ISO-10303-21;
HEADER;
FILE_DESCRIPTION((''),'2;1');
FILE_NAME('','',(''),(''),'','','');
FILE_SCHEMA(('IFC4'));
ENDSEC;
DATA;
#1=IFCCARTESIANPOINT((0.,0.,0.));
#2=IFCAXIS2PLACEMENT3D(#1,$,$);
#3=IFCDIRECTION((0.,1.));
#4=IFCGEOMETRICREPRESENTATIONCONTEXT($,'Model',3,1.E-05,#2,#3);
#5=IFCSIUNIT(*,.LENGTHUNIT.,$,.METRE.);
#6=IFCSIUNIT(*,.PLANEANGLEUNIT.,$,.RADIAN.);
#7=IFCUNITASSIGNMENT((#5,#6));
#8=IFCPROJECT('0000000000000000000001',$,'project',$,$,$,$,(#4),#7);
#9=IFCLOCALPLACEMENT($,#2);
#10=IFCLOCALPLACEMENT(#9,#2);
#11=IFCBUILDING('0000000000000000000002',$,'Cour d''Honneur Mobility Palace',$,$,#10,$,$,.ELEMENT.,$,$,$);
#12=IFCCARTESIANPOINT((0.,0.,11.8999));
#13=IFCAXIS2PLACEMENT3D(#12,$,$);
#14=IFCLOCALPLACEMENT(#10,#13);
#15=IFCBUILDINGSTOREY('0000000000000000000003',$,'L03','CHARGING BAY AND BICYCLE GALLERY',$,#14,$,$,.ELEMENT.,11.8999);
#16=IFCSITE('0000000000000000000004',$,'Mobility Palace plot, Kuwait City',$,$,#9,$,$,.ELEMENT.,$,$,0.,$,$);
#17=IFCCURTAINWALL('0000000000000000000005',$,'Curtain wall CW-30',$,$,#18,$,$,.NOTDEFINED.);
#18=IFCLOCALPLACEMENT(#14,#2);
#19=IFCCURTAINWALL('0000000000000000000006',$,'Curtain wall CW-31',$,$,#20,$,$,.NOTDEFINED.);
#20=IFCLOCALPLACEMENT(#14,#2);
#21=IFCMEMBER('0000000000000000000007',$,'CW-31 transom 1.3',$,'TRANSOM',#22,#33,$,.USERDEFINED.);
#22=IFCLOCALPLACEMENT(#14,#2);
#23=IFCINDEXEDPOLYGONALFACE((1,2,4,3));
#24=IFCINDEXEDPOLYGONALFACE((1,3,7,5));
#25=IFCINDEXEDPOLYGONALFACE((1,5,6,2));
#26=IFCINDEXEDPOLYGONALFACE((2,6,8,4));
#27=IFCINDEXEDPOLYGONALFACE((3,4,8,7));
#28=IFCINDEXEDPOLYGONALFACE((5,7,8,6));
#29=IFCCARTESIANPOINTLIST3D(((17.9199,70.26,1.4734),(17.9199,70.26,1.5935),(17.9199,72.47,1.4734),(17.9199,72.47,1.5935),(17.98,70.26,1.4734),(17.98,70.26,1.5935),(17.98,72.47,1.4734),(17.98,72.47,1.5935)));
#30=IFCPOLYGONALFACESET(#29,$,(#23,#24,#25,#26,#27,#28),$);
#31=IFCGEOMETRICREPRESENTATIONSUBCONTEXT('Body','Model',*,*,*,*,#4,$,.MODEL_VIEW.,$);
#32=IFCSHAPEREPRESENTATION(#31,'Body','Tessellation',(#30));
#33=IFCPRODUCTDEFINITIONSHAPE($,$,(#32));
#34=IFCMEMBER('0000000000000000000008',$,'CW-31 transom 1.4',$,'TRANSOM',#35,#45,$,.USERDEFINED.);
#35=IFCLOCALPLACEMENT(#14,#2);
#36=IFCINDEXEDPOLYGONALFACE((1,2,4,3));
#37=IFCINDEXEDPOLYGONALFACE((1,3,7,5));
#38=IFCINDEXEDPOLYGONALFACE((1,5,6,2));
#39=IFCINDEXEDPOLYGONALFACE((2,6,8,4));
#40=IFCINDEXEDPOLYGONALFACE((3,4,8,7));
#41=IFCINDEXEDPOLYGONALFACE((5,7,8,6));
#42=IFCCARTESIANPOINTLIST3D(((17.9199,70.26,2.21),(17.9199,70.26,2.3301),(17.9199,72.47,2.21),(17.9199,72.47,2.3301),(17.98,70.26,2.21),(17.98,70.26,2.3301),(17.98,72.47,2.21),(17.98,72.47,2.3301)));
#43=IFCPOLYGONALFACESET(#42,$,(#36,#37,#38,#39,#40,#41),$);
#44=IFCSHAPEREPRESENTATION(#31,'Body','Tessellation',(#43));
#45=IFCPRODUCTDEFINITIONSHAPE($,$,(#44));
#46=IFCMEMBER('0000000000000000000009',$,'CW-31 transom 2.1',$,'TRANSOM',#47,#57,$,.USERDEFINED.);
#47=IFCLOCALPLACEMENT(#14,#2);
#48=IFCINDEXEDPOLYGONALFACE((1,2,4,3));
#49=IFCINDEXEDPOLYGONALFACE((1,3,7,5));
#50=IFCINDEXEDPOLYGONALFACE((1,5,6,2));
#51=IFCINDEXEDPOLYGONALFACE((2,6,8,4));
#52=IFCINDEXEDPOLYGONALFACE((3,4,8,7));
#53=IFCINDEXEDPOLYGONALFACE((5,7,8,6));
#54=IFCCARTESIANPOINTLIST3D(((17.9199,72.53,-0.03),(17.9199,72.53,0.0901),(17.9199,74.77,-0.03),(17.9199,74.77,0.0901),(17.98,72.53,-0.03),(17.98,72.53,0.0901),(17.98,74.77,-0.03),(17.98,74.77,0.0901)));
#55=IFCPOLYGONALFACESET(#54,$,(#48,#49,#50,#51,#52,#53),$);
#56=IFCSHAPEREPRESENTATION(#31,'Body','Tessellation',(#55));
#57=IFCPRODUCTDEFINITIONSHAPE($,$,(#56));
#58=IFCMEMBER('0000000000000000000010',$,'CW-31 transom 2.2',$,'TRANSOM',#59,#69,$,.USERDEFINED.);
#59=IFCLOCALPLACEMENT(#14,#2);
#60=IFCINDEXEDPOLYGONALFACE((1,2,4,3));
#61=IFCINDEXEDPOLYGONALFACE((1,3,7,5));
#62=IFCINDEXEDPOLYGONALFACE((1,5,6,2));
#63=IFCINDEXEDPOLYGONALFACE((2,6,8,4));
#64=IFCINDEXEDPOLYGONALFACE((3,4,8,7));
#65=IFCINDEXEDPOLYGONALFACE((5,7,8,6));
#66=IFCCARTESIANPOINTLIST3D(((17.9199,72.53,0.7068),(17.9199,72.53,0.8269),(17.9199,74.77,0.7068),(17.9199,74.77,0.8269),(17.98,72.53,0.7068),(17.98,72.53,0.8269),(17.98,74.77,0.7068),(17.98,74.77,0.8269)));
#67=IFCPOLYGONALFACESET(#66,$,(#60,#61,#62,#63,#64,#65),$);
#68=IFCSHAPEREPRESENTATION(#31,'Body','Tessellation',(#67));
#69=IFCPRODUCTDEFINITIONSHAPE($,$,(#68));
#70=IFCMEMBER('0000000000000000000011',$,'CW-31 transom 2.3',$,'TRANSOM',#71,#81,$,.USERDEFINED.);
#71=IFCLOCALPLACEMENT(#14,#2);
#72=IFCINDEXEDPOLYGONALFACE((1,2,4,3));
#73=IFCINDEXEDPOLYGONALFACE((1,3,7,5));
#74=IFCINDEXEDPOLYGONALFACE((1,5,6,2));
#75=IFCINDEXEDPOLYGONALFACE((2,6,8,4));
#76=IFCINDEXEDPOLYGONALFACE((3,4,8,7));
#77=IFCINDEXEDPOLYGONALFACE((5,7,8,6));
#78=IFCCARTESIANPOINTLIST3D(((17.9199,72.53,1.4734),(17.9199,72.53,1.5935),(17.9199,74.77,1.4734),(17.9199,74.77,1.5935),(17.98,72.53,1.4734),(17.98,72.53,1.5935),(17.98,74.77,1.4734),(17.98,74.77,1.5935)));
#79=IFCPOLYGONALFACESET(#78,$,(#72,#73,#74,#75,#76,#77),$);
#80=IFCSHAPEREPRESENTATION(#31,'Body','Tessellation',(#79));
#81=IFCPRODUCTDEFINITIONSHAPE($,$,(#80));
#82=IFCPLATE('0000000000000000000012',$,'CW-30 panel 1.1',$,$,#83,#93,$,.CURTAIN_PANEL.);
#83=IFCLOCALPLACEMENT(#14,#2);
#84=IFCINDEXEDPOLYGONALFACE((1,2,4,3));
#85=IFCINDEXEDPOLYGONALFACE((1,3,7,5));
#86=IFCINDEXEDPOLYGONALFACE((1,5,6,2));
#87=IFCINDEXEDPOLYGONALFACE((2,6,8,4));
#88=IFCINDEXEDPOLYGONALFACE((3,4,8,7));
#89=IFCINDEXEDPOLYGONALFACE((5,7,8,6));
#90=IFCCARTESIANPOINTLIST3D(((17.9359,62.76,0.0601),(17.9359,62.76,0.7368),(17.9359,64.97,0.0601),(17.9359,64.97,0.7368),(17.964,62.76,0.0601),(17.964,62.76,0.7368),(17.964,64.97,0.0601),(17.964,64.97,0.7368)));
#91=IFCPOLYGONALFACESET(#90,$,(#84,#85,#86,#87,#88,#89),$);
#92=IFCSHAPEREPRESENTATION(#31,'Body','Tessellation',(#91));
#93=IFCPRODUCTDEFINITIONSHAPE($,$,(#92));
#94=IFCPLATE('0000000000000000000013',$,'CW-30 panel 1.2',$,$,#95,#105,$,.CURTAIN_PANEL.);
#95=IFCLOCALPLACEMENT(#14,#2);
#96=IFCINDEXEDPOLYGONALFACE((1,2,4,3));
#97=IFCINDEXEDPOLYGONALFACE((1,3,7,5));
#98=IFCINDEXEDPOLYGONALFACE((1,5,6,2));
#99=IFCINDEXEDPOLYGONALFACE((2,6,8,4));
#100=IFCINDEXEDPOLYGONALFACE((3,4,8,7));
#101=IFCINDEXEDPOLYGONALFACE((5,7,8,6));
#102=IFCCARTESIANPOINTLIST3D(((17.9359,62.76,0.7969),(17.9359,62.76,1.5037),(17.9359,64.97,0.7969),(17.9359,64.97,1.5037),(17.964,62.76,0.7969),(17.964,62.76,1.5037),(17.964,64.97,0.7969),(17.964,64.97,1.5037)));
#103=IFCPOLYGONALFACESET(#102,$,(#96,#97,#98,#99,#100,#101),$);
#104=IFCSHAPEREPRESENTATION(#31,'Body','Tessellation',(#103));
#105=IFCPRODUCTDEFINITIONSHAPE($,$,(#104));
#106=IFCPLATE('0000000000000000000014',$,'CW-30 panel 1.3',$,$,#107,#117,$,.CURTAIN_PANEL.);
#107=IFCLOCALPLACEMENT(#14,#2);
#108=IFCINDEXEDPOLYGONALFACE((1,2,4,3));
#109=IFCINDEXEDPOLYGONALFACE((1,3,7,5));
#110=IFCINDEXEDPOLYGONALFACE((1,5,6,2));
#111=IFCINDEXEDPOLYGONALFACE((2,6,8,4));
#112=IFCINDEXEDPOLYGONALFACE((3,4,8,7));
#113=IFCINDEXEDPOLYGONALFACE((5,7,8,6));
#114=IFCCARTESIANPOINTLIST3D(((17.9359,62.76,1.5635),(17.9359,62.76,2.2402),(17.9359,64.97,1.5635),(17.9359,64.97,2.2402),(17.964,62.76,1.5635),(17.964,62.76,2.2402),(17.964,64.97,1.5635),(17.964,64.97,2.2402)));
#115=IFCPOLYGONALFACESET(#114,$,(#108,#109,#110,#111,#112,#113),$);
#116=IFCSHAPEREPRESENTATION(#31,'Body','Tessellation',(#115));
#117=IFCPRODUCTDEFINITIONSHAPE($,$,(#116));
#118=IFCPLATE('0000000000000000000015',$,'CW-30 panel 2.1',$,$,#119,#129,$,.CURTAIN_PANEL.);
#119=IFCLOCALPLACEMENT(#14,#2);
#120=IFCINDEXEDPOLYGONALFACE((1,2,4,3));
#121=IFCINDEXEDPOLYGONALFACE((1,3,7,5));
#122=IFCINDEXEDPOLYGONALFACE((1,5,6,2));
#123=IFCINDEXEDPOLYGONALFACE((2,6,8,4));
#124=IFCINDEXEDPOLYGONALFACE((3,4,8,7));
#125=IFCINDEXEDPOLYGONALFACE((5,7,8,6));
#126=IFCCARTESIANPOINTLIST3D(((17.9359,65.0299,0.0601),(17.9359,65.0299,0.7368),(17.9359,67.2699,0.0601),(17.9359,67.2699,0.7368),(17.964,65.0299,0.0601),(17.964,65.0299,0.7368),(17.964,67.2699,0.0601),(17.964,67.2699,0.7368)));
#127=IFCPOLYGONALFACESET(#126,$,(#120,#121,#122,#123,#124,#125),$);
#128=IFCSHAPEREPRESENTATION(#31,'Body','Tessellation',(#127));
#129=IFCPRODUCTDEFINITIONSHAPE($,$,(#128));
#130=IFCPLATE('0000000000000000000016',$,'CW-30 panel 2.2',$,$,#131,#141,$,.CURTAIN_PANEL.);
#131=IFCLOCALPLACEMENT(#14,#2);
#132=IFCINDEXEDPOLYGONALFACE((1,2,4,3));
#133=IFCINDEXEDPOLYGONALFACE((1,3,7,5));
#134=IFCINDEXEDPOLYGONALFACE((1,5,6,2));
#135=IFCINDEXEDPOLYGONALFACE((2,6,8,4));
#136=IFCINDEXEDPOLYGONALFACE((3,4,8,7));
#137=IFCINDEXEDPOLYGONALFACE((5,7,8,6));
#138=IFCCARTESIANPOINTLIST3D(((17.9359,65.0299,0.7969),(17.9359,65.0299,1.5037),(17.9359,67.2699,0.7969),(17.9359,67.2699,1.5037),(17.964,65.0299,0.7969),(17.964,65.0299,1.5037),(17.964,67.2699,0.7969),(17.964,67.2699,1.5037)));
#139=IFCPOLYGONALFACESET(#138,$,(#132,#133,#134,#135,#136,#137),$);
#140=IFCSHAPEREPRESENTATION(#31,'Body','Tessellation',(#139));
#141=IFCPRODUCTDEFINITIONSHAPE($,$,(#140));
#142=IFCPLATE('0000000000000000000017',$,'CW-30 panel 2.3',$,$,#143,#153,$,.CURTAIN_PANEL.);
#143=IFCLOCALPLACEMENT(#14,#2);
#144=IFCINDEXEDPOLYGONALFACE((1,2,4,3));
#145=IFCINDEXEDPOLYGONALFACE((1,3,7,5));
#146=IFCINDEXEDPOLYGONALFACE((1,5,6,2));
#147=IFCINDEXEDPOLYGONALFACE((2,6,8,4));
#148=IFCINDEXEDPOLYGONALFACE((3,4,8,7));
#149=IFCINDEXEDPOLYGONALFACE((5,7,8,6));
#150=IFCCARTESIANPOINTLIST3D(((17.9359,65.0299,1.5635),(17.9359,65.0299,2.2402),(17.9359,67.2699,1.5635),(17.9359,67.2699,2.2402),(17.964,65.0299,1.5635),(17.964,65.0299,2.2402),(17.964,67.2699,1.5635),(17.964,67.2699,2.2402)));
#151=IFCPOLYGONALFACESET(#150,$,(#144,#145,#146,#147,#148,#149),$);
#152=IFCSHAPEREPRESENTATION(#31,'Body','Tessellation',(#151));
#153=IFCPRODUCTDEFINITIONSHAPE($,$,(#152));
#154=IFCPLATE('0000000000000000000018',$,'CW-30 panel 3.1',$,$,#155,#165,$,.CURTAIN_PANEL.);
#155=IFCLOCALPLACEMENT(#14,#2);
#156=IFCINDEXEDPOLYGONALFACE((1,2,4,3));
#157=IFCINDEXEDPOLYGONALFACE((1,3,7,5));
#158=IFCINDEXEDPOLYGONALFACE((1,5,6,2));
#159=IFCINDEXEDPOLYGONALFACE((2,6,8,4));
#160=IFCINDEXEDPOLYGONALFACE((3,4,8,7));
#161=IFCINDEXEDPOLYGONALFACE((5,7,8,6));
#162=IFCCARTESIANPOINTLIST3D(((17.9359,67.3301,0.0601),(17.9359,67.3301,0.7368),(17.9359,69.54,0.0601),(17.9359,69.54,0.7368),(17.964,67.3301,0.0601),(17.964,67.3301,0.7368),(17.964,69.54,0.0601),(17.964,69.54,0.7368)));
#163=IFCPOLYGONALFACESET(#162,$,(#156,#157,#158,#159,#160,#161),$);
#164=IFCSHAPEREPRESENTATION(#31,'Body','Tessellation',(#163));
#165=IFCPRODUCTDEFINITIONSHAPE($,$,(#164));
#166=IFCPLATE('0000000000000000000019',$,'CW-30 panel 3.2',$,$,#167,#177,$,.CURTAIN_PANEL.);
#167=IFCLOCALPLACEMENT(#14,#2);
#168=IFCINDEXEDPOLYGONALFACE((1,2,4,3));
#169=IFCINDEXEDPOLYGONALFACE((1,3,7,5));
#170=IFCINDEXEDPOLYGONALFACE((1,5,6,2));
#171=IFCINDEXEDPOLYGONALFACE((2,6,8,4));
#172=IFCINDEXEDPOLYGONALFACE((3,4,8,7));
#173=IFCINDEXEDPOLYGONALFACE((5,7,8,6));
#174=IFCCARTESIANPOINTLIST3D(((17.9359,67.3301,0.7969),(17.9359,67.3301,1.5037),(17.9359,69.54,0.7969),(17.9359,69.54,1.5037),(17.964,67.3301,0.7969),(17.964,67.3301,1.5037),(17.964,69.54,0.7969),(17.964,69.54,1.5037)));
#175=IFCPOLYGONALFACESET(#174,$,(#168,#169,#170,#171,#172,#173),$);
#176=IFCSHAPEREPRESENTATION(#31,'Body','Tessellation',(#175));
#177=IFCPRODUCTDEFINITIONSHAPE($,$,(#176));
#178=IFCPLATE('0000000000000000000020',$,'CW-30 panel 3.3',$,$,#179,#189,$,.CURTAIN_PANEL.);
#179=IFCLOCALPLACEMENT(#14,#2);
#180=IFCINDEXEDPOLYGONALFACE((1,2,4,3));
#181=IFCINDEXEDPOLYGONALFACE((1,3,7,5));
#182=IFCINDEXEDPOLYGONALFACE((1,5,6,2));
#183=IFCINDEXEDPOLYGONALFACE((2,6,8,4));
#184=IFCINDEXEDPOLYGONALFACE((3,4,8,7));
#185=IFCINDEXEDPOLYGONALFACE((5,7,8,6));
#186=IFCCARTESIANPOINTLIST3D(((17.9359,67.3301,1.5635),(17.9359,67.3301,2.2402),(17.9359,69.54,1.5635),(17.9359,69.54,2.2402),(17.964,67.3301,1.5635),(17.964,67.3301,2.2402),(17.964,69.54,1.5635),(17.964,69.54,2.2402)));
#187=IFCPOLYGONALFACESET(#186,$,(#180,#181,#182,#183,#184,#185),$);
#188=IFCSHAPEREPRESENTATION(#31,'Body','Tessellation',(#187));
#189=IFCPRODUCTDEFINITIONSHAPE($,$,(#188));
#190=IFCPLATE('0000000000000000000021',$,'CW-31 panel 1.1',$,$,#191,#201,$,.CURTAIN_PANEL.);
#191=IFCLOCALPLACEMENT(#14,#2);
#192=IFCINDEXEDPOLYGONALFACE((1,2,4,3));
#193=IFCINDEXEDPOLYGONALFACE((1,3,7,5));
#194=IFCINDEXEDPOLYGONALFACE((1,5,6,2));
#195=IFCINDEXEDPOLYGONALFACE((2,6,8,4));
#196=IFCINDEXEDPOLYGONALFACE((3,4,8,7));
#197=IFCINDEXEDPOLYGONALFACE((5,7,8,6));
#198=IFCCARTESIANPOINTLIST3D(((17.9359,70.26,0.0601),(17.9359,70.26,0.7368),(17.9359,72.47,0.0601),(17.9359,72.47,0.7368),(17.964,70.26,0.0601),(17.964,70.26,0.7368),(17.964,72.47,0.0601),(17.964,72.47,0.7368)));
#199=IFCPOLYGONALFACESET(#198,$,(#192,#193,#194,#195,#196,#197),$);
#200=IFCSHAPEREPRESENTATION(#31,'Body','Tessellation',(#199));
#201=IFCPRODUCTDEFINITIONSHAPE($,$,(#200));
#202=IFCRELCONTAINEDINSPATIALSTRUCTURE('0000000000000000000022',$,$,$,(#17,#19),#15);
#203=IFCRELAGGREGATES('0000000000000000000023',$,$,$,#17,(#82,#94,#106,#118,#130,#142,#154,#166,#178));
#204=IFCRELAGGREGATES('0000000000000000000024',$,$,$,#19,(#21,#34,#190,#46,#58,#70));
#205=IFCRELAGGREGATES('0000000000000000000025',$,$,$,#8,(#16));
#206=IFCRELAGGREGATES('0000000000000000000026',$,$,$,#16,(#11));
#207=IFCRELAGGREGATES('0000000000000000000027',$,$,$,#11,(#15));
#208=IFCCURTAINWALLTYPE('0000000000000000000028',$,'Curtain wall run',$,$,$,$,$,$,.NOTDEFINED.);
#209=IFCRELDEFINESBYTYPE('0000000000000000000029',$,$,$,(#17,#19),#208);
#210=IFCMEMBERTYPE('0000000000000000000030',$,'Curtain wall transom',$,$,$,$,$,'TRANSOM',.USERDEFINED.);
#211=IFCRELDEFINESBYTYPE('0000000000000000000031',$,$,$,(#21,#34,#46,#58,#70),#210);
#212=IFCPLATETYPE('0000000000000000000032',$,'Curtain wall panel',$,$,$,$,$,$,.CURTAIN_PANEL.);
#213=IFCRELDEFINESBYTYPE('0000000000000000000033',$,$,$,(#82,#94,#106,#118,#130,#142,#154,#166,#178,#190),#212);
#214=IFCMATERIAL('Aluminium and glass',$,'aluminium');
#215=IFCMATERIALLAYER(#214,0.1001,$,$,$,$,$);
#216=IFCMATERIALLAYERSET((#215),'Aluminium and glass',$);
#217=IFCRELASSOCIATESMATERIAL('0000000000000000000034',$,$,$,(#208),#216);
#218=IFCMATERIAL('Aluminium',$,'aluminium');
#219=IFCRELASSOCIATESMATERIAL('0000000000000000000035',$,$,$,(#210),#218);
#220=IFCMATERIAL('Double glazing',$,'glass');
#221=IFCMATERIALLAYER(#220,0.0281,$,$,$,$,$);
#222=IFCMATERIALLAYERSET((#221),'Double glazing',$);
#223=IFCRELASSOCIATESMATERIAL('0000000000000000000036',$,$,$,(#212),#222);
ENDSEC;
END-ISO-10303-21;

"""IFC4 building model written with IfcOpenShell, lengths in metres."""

from ifc_helpers import new_model, si_unit, direction, frame, origin, origin_2d, place, context, subcontext, project, spatial, rectangle, extrude, material, layer, layer_set, material_profile, profile_set, type_object, element, aggregate, save


model = new_model("IFC4")

# Units and contexts
model_context = context("Model", 3, precision=1e-05, world=origin(), true_north=direction((0.0, 1.0)))
body_context = subcontext(model_context, "Body", "Model", "MODEL_VIEW")
ifc_project = project(units=[si_unit("LENGTHUNIT", "METRE"), si_unit("PLANEANGLEUNIT", "RADIAN")], contexts=[model_context])

# Site, building, storey
site_placement = place(None, origin())
site = spatial("IfcSite", under=ifc_project, at=site_placement, Name="Mobility Palace plot, Kuwait City", CompositionType="ELEMENT", RefElevation=0.0)
building_placement = place(site_placement, origin())
building = spatial("IfcBuilding", under=site, at=building_placement, Name="Cour d'Honneur Mobility Palace", CompositionType="ELEMENT")
storey_placement = place(building_placement, frame((0.0, 0.0, 11.8999)))
storey = spatial("IfcBuildingStorey", under=building, at=storey_placement, Name="L03", Description="CHARGING BAY AND BICYCLE GALLERY", CompositionType="ELEMENT", Elevation=11.8999)

# Curtain walls
ifc_material_1 = material(Name="Aluminium and glass", Category="aluminium")
ifc_layer_1 = layer(ifc_material_1, 0.1001)
ifc_layer_set_1 = layer_set([ifc_layer_1], Name="Aluminium and glass")
curtain_wall_type = type_object("IfcCurtainWallType", Name="Curtain wall run", PredefinedType="NOTDEFINED", material=ifc_layer_set_1)
curtain_wall_1_placement = place(storey_placement, origin())
curtain_wall_1 = element("IfcCurtainWall", 1, at=curtain_wall_1_placement, inside=storey, type_object=curtain_wall_type, Name="Curtain wall CW-30", PredefinedType="NOTDEFINED")
curtain_wall_2_placement = place(storey_placement, origin())
curtain_wall_2 = element("IfcCurtainWall", 2, at=curtain_wall_2_placement, inside=storey, type_object=curtain_wall_type, Name="Curtain wall CW-31", PredefinedType="NOTDEFINED")

# Members
ifc_material_2 = material(Name="Aluminium", Category="aluminium")
ifc_material_profile_1 = material_profile(ifc_material_2, rectangle(XDim=0.0601, YDim=0.1201, at=origin_2d()), Name="Curtain wall transom")
ifc_profile_set_1 = profile_set([ifc_material_profile_1], Name="Aluminium")
member_type_1 = type_object("IfcMemberType", Name="Curtain wall transom", ElementType="TRANSOM", PredefinedType="USERDEFINED", material=ifc_profile_set_1)
member_1_placement = place(storey_placement, frame((17.95, 70.26, 1.5334), z_axis=(0.0, 1.0, 0.0), x_axis=(-1.0, 0.0, 0.0)))
member_1 = element("IfcMember", 3, at=member_1_placement, type_object=member_type_1, Name="CW-31 transom 1.3", ObjectType="TRANSOM", PredefinedType="USERDEFINED", context=body_context, shape_type="SweptSolid", body=[
    extrude(rectangle(XDim=0.0601, YDim=0.1201, at=origin_2d()), origin(), (0.0, 0.0, 1.0), 2.21),
])
member_2_placement = place(storey_placement, frame((17.95, 70.26, 2.27), z_axis=(0.0, 1.0, 0.0), x_axis=(-1.0, 0.0, 0.0)))
member_2 = element("IfcMember", 4, at=member_2_placement, type_object=member_type_1, Name="CW-31 transom 1.4", ObjectType="TRANSOM", PredefinedType="USERDEFINED", context=body_context, shape_type="SweptSolid", body=[
    extrude(rectangle(XDim=0.0601, YDim=0.1201, at=origin_2d()), origin(), (0.0, 0.0, 1.0), 2.21),
])
member_3_placement = place(storey_placement, frame((17.95, 72.53, 0.03), z_axis=(0.0, 1.0, 0.0), x_axis=(-1.0, 0.0, 0.0)))
member_3 = element("IfcMember", 5, at=member_3_placement, type_object=member_type_1, Name="CW-31 transom 2.1", ObjectType="TRANSOM", PredefinedType="USERDEFINED", context=body_context, shape_type="SweptSolid", body=[
    extrude(rectangle(XDim=0.0601, YDim=0.1201, at=origin_2d()), origin(), (0.0, 0.0, 1.0), 2.24),
])
member_4_placement = place(storey_placement, frame((17.95, 72.53, 0.7668), z_axis=(0.0, 1.0, 0.0), x_axis=(-1.0, 0.0, 0.0)))
member_4 = element("IfcMember", 6, at=member_4_placement, type_object=member_type_1, Name="CW-31 transom 2.2", ObjectType="TRANSOM", PredefinedType="USERDEFINED", context=body_context, shape_type="SweptSolid", body=[
    extrude(rectangle(XDim=0.0601, YDim=0.1201, at=origin_2d()), origin(), (0.0, 0.0, 1.0), 2.24),
])
member_5_placement = place(storey_placement, frame((17.95, 72.53, 1.5334), z_axis=(0.0, 1.0, 0.0), x_axis=(-1.0, 0.0, 0.0)))
member_5 = element("IfcMember", 7, at=member_5_placement, type_object=member_type_1, Name="CW-31 transom 2.3", ObjectType="TRANSOM", PredefinedType="USERDEFINED", context=body_context, shape_type="SweptSolid", body=[
    extrude(rectangle(XDim=0.0601, YDim=0.1201, at=origin_2d()), origin(), (0.0, 0.0, 1.0), 2.24),
])

# Plates
ifc_material_3 = material(Name="Double glazing", Category="glass")
ifc_layer_2 = layer(ifc_material_3, 0.0281)
ifc_layer_set_2 = layer_set([ifc_layer_2], Name="Double glazing")
plate_type = type_object("IfcPlateType", Name="Curtain wall panel", PredefinedType="CURTAIN_PANEL", material=ifc_layer_set_2)
plate_1_placement = place(storey_placement, frame((17.95, 63.865, 0.0601), z_axis=(0.0, 0.0, 1.0), x_axis=(0.0, 1.0, 0.0)))
plate_1 = element("IfcPlate", 8, at=plate_1_placement, type_object=plate_type, Name="CW-30 panel 1.1", PredefinedType="CURTAIN_PANEL", context=body_context, shape_type="SweptSolid", body=[
    extrude(rectangle(XDim=2.21, YDim=0.0281, at=origin_2d()), origin(), (0.0, 0.0, 1.0), 0.6768),
])
plate_2_placement = place(storey_placement, frame((17.95, 63.865, 0.7969), z_axis=(0.0, 0.0, 1.0), x_axis=(0.0, 1.0, 0.0)))
plate_2 = element("IfcPlate", 9, at=plate_2_placement, type_object=plate_type, Name="CW-30 panel 1.2", PredefinedType="CURTAIN_PANEL", context=body_context, shape_type="SweptSolid", body=[
    extrude(rectangle(XDim=2.21, YDim=0.0281, at=origin_2d()), origin(), (0.0, 0.0, 1.0), 0.7068),
])
plate_3_placement = place(storey_placement, frame((17.95, 63.865, 1.5635), z_axis=(0.0, 0.0, 1.0), x_axis=(0.0, 1.0, 0.0)))
plate_3 = element("IfcPlate", 10, at=plate_3_placement, type_object=plate_type, Name="CW-30 panel 1.3", PredefinedType="CURTAIN_PANEL", context=body_context, shape_type="SweptSolid", body=[
    extrude(rectangle(XDim=2.21, YDim=0.0281, at=origin_2d()), origin(), (0.0, 0.0, 1.0), 0.6768),
])
plate_4_placement = place(storey_placement, frame((17.95, 66.1499, 0.0601), z_axis=(0.0, 0.0, 1.0), x_axis=(0.0, 1.0, 0.0)))
plate_4 = element("IfcPlate", 11, at=plate_4_placement, type_object=plate_type, Name="CW-30 panel 2.1", PredefinedType="CURTAIN_PANEL", context=body_context, shape_type="SweptSolid", body=[
    extrude(rectangle(XDim=2.24, YDim=0.0281, at=origin_2d()), origin(), (0.0, 0.0, 1.0), 0.6768),
])
plate_5_placement = place(storey_placement, frame((17.95, 66.1499, 0.7969), z_axis=(0.0, 0.0, 1.0), x_axis=(0.0, 1.0, 0.0)))
plate_5 = element("IfcPlate", 12, at=plate_5_placement, type_object=plate_type, Name="CW-30 panel 2.2", PredefinedType="CURTAIN_PANEL", context=body_context, shape_type="SweptSolid", body=[
    extrude(rectangle(XDim=2.24, YDim=0.0281, at=origin_2d()), origin(), (0.0, 0.0, 1.0), 0.7068),
])
plate_6_placement = place(storey_placement, frame((17.95, 66.1499, 1.5635), z_axis=(0.0, 0.0, 1.0), x_axis=(0.0, 1.0, 0.0)))
plate_6 = element("IfcPlate", 13, at=plate_6_placement, type_object=plate_type, Name="CW-30 panel 2.3", PredefinedType="CURTAIN_PANEL", context=body_context, shape_type="SweptSolid", body=[
    extrude(rectangle(XDim=2.24, YDim=0.0281, at=origin_2d()), origin(), (0.0, 0.0, 1.0), 0.6768),
])
plate_7_placement = place(storey_placement, frame((17.95, 68.4351, 0.0601), z_axis=(0.0, 0.0, 1.0), x_axis=(0.0, 1.0, 0.0)))
plate_7 = element("IfcPlate", 14, at=plate_7_placement, type_object=plate_type, Name="CW-30 panel 3.1", PredefinedType="CURTAIN_PANEL", context=body_context, shape_type="SweptSolid", body=[
    extrude(rectangle(XDim=2.21, YDim=0.0281, at=origin_2d()), origin(), (0.0, 0.0, 1.0), 0.6768),
])
plate_8_placement = place(storey_placement, frame((17.95, 68.4351, 0.7969), z_axis=(0.0, 0.0, 1.0), x_axis=(0.0, 1.0, 0.0)))
plate_8 = element("IfcPlate", 15, at=plate_8_placement, type_object=plate_type, Name="CW-30 panel 3.2", PredefinedType="CURTAIN_PANEL", context=body_context, shape_type="SweptSolid", body=[
    extrude(rectangle(XDim=2.21, YDim=0.0281, at=origin_2d()), origin(), (0.0, 0.0, 1.0), 0.7068),
])
plate_9_placement = place(storey_placement, frame((17.95, 68.4351, 1.5635), z_axis=(0.0, 0.0, 1.0), x_axis=(0.0, 1.0, 0.0)))
plate_9 = element("IfcPlate", 16, at=plate_9_placement, type_object=plate_type, Name="CW-30 panel 3.3", PredefinedType="CURTAIN_PANEL", context=body_context, shape_type="SweptSolid", body=[
    extrude(rectangle(XDim=2.21, YDim=0.0281, at=origin_2d()), origin(), (0.0, 0.0, 1.0), 0.6768),
])
aggregate(curtain_wall_1, [plate_1, plate_2, plate_3, plate_4, plate_5, plate_6, plate_7, plate_8, plate_9])
plate_10_placement = place(storey_placement, frame((17.95, 71.365, 0.0601), z_axis=(0.0, 0.0, 1.0), x_axis=(0.0, 1.0, 0.0)))
plate_10 = element("IfcPlate", 17, at=plate_10_placement, type_object=plate_type, Name="CW-31 panel 1.1", PredefinedType="CURTAIN_PANEL", context=body_context, shape_type="SweptSolid", body=[
    extrude(rectangle(XDim=2.21, YDim=0.0281, at=origin_2d()), origin(), (0.0, 0.0, 1.0), 0.6768),
])
aggregate(curtain_wall_2, [member_1, member_2, plate_10, member_3, member_4, member_5])

save(model, "model.ifc")
